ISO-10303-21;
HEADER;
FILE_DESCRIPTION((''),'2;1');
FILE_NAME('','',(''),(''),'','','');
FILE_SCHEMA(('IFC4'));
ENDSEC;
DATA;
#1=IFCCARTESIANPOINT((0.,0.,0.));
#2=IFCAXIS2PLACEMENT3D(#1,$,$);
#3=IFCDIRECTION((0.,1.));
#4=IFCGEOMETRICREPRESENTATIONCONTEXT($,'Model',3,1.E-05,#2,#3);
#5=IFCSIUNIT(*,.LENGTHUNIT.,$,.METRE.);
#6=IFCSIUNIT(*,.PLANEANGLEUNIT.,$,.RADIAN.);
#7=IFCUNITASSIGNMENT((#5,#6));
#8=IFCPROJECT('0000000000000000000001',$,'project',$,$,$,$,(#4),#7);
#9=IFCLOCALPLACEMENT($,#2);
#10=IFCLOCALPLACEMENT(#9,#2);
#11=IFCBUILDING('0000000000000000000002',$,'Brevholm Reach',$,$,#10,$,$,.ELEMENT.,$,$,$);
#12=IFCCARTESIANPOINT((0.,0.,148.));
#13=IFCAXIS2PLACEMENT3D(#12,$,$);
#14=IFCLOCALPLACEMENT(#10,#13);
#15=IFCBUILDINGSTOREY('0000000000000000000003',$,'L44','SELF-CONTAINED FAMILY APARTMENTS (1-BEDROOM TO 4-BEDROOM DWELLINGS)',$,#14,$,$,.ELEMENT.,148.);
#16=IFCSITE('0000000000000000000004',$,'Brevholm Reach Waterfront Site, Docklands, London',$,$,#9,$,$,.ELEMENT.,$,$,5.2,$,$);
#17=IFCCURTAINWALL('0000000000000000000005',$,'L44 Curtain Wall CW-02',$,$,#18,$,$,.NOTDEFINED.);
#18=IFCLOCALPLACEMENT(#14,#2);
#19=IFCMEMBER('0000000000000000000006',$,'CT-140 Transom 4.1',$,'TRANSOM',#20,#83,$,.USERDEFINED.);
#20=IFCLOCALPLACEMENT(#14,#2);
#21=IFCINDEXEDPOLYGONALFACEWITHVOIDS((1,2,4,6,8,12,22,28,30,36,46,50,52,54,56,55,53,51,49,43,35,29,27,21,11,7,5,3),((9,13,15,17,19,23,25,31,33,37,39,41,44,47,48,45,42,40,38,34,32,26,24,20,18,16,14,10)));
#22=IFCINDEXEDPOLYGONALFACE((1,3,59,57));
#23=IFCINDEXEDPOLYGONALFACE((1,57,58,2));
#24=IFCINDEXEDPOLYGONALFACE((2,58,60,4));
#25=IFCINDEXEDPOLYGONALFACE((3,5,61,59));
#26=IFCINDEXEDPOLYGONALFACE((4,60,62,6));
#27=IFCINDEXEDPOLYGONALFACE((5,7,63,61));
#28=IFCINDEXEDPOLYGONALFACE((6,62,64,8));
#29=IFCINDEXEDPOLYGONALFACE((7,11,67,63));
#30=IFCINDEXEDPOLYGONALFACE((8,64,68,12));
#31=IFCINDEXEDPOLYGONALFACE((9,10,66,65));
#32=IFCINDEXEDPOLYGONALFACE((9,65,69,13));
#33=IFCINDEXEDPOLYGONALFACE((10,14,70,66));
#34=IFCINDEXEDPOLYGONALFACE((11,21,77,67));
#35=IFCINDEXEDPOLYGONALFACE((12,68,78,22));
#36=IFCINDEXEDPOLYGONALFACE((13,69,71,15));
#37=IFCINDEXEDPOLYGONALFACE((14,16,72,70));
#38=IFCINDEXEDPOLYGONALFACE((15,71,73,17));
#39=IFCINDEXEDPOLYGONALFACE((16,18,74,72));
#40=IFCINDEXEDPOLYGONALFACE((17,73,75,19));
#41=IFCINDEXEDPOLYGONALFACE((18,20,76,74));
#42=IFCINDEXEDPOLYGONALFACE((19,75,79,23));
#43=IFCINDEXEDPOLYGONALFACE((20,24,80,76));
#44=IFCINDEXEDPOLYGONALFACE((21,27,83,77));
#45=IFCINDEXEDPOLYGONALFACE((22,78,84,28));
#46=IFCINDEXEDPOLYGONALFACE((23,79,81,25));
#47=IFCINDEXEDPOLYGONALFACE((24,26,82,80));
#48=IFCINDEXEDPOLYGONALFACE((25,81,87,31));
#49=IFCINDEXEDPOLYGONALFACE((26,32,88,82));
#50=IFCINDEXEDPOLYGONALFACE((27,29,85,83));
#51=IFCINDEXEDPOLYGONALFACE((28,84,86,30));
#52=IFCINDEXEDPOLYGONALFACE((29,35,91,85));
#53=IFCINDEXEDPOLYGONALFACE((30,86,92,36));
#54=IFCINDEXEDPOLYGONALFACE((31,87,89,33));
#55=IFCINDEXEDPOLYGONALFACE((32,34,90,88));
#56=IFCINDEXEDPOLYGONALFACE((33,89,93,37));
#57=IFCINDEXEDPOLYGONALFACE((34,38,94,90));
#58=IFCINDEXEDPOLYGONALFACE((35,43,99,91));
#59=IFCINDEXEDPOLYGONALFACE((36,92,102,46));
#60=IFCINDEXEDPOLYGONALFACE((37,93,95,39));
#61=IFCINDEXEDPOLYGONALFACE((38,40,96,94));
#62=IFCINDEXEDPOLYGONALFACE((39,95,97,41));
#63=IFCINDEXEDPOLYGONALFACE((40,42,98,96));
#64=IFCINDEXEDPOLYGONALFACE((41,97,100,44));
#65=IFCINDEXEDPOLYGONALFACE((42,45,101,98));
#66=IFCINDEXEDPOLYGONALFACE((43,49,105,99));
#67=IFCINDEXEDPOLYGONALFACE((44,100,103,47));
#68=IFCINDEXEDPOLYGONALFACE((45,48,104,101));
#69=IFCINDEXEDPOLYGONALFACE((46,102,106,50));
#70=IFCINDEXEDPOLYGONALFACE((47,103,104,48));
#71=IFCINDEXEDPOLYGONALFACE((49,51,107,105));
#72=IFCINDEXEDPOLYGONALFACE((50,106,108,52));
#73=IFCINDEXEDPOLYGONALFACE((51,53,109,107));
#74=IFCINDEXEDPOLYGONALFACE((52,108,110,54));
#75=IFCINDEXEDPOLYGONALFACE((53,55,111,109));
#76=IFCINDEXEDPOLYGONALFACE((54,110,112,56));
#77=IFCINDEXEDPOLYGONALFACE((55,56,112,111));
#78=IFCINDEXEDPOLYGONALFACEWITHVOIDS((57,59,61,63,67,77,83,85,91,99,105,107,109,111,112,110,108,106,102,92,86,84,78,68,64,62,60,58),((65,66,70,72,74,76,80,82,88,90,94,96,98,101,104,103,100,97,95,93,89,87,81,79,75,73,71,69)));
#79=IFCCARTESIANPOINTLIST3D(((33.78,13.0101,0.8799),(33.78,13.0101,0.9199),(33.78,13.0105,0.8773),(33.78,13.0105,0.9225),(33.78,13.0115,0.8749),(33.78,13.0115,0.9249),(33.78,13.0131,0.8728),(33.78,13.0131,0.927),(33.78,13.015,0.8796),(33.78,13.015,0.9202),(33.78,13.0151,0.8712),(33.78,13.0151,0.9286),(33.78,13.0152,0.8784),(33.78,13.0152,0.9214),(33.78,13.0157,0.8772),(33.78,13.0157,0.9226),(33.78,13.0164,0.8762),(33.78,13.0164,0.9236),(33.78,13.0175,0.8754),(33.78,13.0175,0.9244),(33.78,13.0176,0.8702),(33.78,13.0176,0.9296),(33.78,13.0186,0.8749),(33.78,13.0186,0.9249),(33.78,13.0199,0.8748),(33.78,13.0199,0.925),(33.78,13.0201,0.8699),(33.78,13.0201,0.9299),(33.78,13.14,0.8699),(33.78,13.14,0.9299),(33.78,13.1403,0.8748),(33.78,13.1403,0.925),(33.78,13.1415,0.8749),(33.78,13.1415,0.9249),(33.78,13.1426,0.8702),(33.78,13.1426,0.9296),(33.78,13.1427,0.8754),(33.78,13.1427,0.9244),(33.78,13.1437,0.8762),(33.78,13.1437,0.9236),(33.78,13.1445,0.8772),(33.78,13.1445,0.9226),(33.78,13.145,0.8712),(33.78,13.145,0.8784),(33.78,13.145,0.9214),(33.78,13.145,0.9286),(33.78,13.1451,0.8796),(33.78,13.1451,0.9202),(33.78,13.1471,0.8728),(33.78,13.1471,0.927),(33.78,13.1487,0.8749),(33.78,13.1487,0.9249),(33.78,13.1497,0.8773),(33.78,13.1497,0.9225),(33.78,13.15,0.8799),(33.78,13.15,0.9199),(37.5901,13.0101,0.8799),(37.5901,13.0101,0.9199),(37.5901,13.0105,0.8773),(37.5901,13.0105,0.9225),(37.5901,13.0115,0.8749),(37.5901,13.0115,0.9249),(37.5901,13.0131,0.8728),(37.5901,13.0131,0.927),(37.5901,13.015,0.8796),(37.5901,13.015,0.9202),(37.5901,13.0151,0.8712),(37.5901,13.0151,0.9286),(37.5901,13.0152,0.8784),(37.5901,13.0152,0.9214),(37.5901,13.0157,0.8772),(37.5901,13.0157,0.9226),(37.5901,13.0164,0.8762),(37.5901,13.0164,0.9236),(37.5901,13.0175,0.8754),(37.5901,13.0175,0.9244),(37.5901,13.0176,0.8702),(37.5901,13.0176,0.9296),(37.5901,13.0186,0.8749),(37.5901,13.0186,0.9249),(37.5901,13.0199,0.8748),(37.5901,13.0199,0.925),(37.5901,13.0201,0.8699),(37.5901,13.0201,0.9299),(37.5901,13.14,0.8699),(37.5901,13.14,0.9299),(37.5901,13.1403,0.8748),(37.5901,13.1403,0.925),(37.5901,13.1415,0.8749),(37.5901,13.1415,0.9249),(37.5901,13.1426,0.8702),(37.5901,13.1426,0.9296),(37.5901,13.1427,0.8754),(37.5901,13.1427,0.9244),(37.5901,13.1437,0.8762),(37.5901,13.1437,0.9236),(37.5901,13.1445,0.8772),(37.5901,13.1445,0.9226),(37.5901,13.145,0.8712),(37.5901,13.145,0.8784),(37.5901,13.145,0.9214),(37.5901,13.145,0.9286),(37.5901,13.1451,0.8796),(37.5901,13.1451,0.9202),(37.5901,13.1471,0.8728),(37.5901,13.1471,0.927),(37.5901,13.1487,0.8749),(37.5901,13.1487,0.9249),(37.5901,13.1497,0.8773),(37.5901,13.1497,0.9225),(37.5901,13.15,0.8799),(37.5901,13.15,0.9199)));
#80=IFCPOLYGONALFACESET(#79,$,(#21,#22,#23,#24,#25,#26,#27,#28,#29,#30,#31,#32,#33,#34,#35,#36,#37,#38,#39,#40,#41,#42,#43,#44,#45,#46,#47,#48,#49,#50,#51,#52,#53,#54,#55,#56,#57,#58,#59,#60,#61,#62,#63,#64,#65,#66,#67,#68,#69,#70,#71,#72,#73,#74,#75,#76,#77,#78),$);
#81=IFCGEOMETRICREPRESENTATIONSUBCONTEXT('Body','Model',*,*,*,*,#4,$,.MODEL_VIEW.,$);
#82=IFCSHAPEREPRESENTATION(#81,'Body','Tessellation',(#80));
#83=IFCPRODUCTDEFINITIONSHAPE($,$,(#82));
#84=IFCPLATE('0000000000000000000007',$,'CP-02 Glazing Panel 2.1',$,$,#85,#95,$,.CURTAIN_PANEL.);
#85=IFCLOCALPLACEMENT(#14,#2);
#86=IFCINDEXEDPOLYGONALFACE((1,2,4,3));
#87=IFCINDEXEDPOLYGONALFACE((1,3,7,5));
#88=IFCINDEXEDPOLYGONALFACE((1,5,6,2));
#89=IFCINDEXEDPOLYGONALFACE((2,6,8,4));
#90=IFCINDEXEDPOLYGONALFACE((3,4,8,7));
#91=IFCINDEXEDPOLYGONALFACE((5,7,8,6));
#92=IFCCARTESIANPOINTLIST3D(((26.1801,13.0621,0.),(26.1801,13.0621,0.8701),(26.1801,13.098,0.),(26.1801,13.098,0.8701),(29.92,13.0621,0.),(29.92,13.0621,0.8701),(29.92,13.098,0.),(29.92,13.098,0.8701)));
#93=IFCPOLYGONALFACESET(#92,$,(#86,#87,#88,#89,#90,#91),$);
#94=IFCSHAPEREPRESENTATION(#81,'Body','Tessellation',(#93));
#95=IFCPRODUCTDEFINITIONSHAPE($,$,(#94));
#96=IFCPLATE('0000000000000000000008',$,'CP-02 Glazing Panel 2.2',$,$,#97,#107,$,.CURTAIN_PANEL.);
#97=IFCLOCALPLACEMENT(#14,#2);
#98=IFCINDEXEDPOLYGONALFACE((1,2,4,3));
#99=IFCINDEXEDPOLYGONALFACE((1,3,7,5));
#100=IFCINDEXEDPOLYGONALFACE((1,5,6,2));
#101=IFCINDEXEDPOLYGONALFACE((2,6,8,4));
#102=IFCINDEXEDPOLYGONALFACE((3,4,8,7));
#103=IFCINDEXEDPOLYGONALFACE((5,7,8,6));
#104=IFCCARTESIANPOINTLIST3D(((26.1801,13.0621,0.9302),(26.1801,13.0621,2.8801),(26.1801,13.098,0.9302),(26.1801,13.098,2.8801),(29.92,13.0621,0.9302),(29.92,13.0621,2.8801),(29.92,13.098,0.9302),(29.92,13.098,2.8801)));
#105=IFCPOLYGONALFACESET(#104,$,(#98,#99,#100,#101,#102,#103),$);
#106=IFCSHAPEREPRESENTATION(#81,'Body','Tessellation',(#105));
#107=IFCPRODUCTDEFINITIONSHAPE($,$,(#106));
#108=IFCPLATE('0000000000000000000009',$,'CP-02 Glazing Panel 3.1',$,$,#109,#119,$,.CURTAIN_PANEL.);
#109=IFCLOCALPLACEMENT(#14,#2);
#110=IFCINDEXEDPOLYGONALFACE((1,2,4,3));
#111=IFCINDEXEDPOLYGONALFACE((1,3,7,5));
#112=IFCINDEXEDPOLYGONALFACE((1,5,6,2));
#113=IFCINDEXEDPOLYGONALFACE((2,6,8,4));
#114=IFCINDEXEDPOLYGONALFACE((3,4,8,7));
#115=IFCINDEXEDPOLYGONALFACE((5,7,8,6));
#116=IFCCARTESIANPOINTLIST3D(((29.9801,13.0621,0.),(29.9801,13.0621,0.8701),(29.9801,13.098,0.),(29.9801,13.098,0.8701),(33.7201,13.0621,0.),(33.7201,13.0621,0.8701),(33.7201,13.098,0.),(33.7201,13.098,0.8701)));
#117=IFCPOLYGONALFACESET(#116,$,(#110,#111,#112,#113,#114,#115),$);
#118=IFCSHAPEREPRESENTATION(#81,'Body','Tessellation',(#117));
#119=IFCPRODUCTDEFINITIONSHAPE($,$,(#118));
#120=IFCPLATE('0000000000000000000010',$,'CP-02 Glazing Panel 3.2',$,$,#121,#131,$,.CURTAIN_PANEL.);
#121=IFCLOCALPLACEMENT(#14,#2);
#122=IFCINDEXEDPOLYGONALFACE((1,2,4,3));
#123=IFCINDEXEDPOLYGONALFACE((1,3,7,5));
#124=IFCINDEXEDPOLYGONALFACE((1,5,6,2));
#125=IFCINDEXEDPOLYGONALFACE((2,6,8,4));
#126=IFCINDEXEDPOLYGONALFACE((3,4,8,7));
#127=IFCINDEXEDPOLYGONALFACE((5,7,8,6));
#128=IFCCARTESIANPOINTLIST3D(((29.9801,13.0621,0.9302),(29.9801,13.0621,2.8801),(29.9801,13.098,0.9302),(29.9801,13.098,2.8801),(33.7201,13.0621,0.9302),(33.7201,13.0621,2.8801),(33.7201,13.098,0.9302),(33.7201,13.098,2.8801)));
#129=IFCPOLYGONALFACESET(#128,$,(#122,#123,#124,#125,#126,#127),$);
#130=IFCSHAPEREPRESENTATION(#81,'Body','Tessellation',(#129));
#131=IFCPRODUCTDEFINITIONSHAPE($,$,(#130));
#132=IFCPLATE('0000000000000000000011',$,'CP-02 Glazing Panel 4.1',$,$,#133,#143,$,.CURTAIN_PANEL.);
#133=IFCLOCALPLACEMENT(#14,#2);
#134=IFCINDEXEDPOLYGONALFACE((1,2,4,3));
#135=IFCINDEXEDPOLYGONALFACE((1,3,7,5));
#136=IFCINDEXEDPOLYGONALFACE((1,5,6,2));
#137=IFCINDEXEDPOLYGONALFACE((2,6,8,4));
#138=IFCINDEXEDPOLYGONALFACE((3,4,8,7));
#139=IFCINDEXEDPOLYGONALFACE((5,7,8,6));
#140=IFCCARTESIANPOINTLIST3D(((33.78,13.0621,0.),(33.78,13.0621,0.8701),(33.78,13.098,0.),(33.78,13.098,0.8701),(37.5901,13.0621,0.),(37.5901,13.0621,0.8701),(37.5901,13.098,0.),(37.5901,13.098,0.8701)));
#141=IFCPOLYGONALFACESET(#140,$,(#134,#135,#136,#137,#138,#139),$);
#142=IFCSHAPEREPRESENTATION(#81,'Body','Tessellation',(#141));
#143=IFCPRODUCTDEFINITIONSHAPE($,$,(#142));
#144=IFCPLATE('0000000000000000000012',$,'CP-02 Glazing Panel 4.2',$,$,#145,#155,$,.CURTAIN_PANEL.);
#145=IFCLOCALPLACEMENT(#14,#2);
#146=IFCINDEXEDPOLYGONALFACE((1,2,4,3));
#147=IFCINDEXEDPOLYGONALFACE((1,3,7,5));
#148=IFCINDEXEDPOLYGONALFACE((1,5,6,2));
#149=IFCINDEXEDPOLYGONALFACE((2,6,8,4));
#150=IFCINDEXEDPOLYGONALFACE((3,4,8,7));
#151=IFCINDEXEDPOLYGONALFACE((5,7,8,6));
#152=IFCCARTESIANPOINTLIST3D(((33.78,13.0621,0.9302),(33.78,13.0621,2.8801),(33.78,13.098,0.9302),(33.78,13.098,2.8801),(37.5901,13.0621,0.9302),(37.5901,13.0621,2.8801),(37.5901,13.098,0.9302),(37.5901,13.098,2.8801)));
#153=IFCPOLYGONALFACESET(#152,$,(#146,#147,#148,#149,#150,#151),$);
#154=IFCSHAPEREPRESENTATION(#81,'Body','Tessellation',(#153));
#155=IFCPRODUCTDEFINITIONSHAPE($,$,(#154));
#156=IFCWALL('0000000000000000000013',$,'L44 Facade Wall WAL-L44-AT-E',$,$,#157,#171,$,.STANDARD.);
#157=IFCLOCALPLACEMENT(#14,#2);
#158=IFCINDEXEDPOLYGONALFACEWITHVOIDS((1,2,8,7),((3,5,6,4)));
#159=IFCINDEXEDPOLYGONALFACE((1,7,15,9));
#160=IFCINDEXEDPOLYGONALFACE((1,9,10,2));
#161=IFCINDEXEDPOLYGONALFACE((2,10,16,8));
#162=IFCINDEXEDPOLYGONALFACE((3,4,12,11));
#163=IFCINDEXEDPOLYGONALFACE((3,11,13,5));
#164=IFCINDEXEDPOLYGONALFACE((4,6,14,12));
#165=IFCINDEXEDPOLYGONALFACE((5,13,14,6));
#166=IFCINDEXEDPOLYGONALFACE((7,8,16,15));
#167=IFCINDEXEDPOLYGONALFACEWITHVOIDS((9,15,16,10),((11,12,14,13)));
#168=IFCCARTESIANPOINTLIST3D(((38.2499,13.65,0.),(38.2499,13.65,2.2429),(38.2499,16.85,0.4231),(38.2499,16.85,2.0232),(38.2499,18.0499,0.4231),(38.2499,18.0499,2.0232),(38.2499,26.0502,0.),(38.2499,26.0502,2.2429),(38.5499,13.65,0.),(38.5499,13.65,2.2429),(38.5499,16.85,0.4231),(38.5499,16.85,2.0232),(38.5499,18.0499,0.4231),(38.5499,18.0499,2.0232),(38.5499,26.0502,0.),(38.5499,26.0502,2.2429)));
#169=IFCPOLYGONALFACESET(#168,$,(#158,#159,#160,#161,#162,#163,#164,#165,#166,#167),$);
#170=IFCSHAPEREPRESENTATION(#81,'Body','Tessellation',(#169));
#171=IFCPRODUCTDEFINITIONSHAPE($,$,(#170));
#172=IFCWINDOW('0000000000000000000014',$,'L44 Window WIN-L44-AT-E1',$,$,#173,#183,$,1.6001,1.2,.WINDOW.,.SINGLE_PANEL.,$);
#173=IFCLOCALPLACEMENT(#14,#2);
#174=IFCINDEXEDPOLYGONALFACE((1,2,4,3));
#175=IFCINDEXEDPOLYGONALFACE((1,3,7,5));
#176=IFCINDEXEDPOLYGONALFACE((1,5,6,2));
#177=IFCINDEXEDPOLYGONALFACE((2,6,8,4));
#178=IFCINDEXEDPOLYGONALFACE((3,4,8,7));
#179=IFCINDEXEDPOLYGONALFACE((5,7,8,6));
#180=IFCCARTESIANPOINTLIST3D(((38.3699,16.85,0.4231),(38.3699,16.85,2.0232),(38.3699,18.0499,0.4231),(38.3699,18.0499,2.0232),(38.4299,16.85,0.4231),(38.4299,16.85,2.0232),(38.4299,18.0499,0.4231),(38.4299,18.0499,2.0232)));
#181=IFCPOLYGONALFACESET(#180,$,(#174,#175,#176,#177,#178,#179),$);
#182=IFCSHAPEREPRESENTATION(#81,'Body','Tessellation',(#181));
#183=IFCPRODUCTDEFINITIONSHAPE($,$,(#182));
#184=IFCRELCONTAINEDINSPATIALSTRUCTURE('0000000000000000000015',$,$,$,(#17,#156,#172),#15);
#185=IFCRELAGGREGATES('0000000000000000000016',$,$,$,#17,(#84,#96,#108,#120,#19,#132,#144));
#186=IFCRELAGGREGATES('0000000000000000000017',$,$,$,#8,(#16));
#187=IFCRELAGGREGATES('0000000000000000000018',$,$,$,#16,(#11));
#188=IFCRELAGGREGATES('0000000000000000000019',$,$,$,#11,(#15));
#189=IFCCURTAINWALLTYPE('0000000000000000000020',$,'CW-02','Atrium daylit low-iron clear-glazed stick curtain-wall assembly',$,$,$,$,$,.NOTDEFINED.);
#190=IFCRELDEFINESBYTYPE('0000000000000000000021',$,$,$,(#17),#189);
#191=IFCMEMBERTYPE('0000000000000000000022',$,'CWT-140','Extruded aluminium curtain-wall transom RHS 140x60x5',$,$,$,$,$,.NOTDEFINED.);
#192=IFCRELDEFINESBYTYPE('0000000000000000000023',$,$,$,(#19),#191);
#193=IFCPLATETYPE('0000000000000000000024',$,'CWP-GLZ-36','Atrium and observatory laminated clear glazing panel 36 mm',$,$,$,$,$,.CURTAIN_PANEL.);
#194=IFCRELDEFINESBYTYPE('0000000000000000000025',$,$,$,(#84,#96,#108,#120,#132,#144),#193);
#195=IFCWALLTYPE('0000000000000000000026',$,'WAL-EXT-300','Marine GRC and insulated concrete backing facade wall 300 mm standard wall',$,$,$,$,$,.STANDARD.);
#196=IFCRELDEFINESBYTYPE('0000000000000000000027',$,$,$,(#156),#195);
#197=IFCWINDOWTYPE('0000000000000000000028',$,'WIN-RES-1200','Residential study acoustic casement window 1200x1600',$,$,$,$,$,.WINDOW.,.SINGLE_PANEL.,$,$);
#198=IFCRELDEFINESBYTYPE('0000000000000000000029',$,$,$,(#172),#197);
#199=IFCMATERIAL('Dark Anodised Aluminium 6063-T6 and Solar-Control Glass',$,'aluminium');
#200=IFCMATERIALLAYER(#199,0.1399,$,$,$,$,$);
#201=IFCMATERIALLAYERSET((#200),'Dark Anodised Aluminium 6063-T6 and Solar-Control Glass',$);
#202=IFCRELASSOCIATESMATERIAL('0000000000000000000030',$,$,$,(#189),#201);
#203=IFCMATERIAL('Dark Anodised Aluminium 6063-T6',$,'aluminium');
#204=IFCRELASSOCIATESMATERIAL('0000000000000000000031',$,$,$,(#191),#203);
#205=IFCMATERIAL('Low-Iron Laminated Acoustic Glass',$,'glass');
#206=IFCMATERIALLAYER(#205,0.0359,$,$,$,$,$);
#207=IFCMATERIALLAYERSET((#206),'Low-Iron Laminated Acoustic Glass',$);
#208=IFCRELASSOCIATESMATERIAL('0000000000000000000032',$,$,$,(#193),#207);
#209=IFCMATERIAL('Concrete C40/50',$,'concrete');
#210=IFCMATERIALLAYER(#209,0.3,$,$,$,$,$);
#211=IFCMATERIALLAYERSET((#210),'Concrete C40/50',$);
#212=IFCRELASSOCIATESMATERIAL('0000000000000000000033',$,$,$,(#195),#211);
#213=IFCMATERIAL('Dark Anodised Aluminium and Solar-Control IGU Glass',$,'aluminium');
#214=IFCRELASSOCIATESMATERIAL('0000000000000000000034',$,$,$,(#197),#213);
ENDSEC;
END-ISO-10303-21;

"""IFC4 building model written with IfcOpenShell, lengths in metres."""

from ifc_helpers import new_model, si_unit, direction, frame, frame_2d, origin, origin_2d, place, context, subcontext, project, spatial, rectangle, hollow_rectangle, extrude, material, layer, layer_set, material_profile, profile_set, type_object, element, fill, aggregate, save


model = new_model("IFC4")

# Units and contexts
model_context = context("Model", 3, precision=1e-05, world=origin(), true_north=direction((0.0, 1.0)))
body_context = subcontext(model_context, "Body", "Model", "MODEL_VIEW")
ifc_project = project(units=[si_unit("LENGTHUNIT", "METRE"), si_unit("PLANEANGLEUNIT", "RADIAN")], contexts=[model_context])

# Site, building, storey
site_placement = place(None, origin())
site = spatial("IfcSite", under=ifc_project, at=site_placement, Name="Brevholm Reach Waterfront Site, Docklands, London", CompositionType="ELEMENT", RefElevation=5.2)
building_placement = place(site_placement, origin())
building = spatial("IfcBuilding", under=site, at=building_placement, Name="Brevholm Reach", CompositionType="ELEMENT")
storey_placement = place(building_placement, frame((0.0, 0.0, 148.0)))
storey = spatial("IfcBuildingStorey", under=building, at=storey_placement, Name="L44", Description="SELF-CONTAINED FAMILY APARTMENTS (1-BEDROOM TO 4-BEDROOM DWELLINGS)", CompositionType="ELEMENT", Elevation=148.0)

# Curtain wall, member, plates
ifc_material_1 = material(Name="Dark Anodised Aluminium 6063-T6 and Solar-Control Glass", Category="aluminium")
ifc_layer_1 = layer(ifc_material_1, 0.1399)
ifc_layer_set_1 = layer_set([ifc_layer_1], Name="Dark Anodised Aluminium 6063-T6 and Solar-Control Glass")
curtain_wall_type = type_object("IfcCurtainWallType", Name="CW-02", Description="Atrium daylit low-iron clear-glazed stick curtain-wall assembly", PredefinedType="NOTDEFINED", material=ifc_layer_set_1)
curtain_wall_placement = place(storey_placement, origin())
curtain_wall = element("IfcCurtainWall", 1, at=curtain_wall_placement, inside=storey, type_object=curtain_wall_type, Name="L44 Curtain Wall CW-02", PredefinedType="NOTDEFINED")
ifc_material_2 = material(Name="Dark Anodised Aluminium 6063-T6", Category="aluminium")
ifc_material_profile_1 = material_profile(ifc_material_2, hollow_rectangle(XDim=0.0601, YDim=0.1399, WallThickness=0.0049, InnerFilletRadius=0.0049, OuterFilletRadius=0.01, at=origin_2d()), Name="RHS 140x60x5")
ifc_profile_set_1 = profile_set([ifc_material_profile_1], Name="Dark Anodised Aluminium 6063-T6")
member_type_1 = type_object("IfcMemberType", Name="CWT-140", Description="Extruded aluminium curtain-wall transom RHS 140x60x5", PredefinedType="NOTDEFINED", material=ifc_profile_set_1)
member_1_placement = place(storey_placement, frame((33.78, 13.0801, 0.8999), z_axis=(1.0, 0.0, 0.0), x_axis=(0.0, 0.0, 1.0)))
member_1 = element("IfcMember", 2, at=member_1_placement, type_object=member_type_1, Name="CT-140 Transom 4.1", ObjectType="TRANSOM", PredefinedType="USERDEFINED", context=body_context, shape_type="SweptSolid", body=[
    extrude(hollow_rectangle(XDim=0.0601, YDim=0.1399, WallThickness=0.0049, InnerFilletRadius=0.0049, OuterFilletRadius=0.01, at=origin_2d()), origin(), (0.0, 0.0, 1.0), 3.8101),
])
ifc_material_3 = material(Name="Low-Iron Laminated Acoustic Glass", Category="glass")
ifc_layer_2 = layer(ifc_material_3, 0.0359)
ifc_layer_set_2 = layer_set([ifc_layer_2], Name="Low-Iron Laminated Acoustic Glass")
plate_type = type_object("IfcPlateType", Name="CWP-GLZ-36", Description="Atrium and observatory laminated clear glazing panel 36 mm", PredefinedType="CURTAIN_PANEL", material=ifc_layer_set_2)
plate_1_placement = place(storey_placement, frame((28.05, 13.0801, 0.0), z_axis=(0.0, 0.0, 1.0), x_axis=(1.0, 0.0, 0.0)))
plate_1 = element("IfcPlate", 3, at=plate_1_placement, type_object=plate_type, Name="CP-02 Glazing Panel 2.1", PredefinedType="CURTAIN_PANEL", context=body_context, shape_type="SweptSolid", body=[
    extrude(rectangle(XDim=3.74, YDim=0.0359, at=origin_2d()), origin(), (0.0, 0.0, 1.0), 0.8701),
])
plate_2_placement = place(storey_placement, frame((28.05, 13.0801, 0.9302), z_axis=(0.0, 0.0, 1.0), x_axis=(1.0, 0.0, 0.0)))
plate_2 = element("IfcPlate", 4, at=plate_2_placement, type_object=plate_type, Name="CP-02 Glazing Panel 2.2", PredefinedType="CURTAIN_PANEL", context=body_context, shape_type="SweptSolid", body=[
    extrude(rectangle(XDim=3.74, YDim=0.0359, at=origin_2d()), origin(), (0.0, 0.0, 1.0), 1.95),
])
plate_3_placement = place(storey_placement, frame((31.8501, 13.0801, 0.0), z_axis=(0.0, 0.0, 1.0), x_axis=(1.0, 0.0, 0.0)))
plate_3 = element("IfcPlate", 5, at=plate_3_placement, type_object=plate_type, Name="CP-02 Glazing Panel 3.1", PredefinedType="CURTAIN_PANEL", context=body_context, shape_type="SweptSolid", body=[
    extrude(rectangle(XDim=3.74, YDim=0.0359, at=origin_2d()), origin(), (0.0, 0.0, 1.0), 0.8701),
])
plate_4_placement = place(storey_placement, frame((31.8501, 13.0801, 0.9302), z_axis=(0.0, 0.0, 1.0), x_axis=(1.0, 0.0, 0.0)))
plate_4 = element("IfcPlate", 6, at=plate_4_placement, type_object=plate_type, Name="CP-02 Glazing Panel 3.2", PredefinedType="CURTAIN_PANEL", context=body_context, shape_type="SweptSolid", body=[
    extrude(rectangle(XDim=3.74, YDim=0.0359, at=origin_2d()), origin(), (0.0, 0.0, 1.0), 1.95),
])
plate_5_placement = place(storey_placement, frame((35.6851, 13.0801, 0.0), z_axis=(0.0, 0.0, 1.0), x_axis=(1.0, 0.0, 0.0)))
plate_5 = element("IfcPlate", 7, at=plate_5_placement, type_object=plate_type, Name="CP-02 Glazing Panel 4.1", PredefinedType="CURTAIN_PANEL", context=body_context, shape_type="SweptSolid", body=[
    extrude(rectangle(XDim=3.8101, YDim=0.0359, at=origin_2d()), origin(), (0.0, 0.0, 1.0), 0.8701),
])
plate_6_placement = place(storey_placement, frame((35.6851, 13.0801, 0.9302), z_axis=(0.0, 0.0, 1.0), x_axis=(1.0, 0.0, 0.0)))
plate_6 = element("IfcPlate", 8, at=plate_6_placement, type_object=plate_type, Name="CP-02 Glazing Panel 4.2", PredefinedType="CURTAIN_PANEL", context=body_context, shape_type="SweptSolid", body=[
    extrude(rectangle(XDim=3.8101, YDim=0.0359, at=origin_2d()), origin(), (0.0, 0.0, 1.0), 1.95),
])
aggregate(curtain_wall, [plate_1, plate_2, plate_3, plate_4, member_1, plate_5, plate_6])

# Wall, opening, window
ifc_material_4 = material(Name="Concrete C40/50", Category="concrete")
ifc_layer_3 = layer(ifc_material_4, 0.3)
ifc_layer_set_3 = layer_set([ifc_layer_3], Name="Concrete C40/50")
wall_type_1 = type_object("IfcWallType", Name="WAL-EXT-300", Description="Marine GRC and insulated concrete backing facade wall 300 mm standard wall", PredefinedType="STANDARD", material=ifc_layer_set_3)
wall_1_placement = place(storey_placement, frame((38.3999, 13.6499, 0.0), z_axis=(0.0, 0.0, 1.0), x_axis=(0.0, 1.0, 0.0)))
wall_1 = element("IfcWall", 9, at=wall_1_placement, inside=storey, type_object=wall_type_1, Name="L44 Facade Wall WAL-L44-AT-E", PredefinedType="STANDARD", context=body_context, shape_type="SweptSolid", body=[
    extrude(rectangle(XDim=12.4001, YDim=0.3, at=frame_2d((6.2002, 0.0))), origin(), (0.0, 0.0, 1.0), 2.2429),
])
opening_1_placement = place(wall_1_placement, frame((3.2, 0.0, 0.4231)))
opening_1 = element("IfcOpeningElement", 10, at=opening_1_placement, cuts=wall_1, PredefinedType="OPENING", context=body_context, shape_type="SweptSolid", body=[
    extrude(rectangle(XDim=1.2, YDim=1.6001, at=frame_2d((0.6001, 0.8))), frame((0.0, 0.1599, 0.0), z_axis=(0.0, -1.0, 0.0), x_axis=(1.0, 0.0, 0.0)), (0.0, 0.0, 1.0), 0.3201),
])
ifc_material_5 = material(Name="Dark Anodised Aluminium and Solar-Control IGU Glass", Category="aluminium")
window_type = type_object("IfcWindowType", Name="WIN-RES-1200", Description="Residential study acoustic casement window 1200x1600", PartitioningType="SINGLE_PANEL", PredefinedType="WINDOW", material=ifc_material_5)
window_placement = place(opening_1_placement, origin())
window = element("IfcWindow", 11, at=window_placement, inside=storey, type_object=window_type, Name="L44 Window WIN-L44-AT-E1", OverallHeight=1.6001, OverallWidth=1.2, PartitioningType="SINGLE_PANEL", PredefinedType="WINDOW", context=body_context, shape_type="SweptSolid", body=[
    extrude(rectangle(XDim=1.2, YDim=1.6001, at=frame_2d((0.6001, 0.8))), frame((0.0, 0.03, 0.0), z_axis=(0.0, -1.0, 0.0), x_axis=(1.0, 0.0, 0.0)), (0.0, 0.0, 1.0), 0.0601),
])
fill(opening_1, window)

save(model, "model.ifc")
